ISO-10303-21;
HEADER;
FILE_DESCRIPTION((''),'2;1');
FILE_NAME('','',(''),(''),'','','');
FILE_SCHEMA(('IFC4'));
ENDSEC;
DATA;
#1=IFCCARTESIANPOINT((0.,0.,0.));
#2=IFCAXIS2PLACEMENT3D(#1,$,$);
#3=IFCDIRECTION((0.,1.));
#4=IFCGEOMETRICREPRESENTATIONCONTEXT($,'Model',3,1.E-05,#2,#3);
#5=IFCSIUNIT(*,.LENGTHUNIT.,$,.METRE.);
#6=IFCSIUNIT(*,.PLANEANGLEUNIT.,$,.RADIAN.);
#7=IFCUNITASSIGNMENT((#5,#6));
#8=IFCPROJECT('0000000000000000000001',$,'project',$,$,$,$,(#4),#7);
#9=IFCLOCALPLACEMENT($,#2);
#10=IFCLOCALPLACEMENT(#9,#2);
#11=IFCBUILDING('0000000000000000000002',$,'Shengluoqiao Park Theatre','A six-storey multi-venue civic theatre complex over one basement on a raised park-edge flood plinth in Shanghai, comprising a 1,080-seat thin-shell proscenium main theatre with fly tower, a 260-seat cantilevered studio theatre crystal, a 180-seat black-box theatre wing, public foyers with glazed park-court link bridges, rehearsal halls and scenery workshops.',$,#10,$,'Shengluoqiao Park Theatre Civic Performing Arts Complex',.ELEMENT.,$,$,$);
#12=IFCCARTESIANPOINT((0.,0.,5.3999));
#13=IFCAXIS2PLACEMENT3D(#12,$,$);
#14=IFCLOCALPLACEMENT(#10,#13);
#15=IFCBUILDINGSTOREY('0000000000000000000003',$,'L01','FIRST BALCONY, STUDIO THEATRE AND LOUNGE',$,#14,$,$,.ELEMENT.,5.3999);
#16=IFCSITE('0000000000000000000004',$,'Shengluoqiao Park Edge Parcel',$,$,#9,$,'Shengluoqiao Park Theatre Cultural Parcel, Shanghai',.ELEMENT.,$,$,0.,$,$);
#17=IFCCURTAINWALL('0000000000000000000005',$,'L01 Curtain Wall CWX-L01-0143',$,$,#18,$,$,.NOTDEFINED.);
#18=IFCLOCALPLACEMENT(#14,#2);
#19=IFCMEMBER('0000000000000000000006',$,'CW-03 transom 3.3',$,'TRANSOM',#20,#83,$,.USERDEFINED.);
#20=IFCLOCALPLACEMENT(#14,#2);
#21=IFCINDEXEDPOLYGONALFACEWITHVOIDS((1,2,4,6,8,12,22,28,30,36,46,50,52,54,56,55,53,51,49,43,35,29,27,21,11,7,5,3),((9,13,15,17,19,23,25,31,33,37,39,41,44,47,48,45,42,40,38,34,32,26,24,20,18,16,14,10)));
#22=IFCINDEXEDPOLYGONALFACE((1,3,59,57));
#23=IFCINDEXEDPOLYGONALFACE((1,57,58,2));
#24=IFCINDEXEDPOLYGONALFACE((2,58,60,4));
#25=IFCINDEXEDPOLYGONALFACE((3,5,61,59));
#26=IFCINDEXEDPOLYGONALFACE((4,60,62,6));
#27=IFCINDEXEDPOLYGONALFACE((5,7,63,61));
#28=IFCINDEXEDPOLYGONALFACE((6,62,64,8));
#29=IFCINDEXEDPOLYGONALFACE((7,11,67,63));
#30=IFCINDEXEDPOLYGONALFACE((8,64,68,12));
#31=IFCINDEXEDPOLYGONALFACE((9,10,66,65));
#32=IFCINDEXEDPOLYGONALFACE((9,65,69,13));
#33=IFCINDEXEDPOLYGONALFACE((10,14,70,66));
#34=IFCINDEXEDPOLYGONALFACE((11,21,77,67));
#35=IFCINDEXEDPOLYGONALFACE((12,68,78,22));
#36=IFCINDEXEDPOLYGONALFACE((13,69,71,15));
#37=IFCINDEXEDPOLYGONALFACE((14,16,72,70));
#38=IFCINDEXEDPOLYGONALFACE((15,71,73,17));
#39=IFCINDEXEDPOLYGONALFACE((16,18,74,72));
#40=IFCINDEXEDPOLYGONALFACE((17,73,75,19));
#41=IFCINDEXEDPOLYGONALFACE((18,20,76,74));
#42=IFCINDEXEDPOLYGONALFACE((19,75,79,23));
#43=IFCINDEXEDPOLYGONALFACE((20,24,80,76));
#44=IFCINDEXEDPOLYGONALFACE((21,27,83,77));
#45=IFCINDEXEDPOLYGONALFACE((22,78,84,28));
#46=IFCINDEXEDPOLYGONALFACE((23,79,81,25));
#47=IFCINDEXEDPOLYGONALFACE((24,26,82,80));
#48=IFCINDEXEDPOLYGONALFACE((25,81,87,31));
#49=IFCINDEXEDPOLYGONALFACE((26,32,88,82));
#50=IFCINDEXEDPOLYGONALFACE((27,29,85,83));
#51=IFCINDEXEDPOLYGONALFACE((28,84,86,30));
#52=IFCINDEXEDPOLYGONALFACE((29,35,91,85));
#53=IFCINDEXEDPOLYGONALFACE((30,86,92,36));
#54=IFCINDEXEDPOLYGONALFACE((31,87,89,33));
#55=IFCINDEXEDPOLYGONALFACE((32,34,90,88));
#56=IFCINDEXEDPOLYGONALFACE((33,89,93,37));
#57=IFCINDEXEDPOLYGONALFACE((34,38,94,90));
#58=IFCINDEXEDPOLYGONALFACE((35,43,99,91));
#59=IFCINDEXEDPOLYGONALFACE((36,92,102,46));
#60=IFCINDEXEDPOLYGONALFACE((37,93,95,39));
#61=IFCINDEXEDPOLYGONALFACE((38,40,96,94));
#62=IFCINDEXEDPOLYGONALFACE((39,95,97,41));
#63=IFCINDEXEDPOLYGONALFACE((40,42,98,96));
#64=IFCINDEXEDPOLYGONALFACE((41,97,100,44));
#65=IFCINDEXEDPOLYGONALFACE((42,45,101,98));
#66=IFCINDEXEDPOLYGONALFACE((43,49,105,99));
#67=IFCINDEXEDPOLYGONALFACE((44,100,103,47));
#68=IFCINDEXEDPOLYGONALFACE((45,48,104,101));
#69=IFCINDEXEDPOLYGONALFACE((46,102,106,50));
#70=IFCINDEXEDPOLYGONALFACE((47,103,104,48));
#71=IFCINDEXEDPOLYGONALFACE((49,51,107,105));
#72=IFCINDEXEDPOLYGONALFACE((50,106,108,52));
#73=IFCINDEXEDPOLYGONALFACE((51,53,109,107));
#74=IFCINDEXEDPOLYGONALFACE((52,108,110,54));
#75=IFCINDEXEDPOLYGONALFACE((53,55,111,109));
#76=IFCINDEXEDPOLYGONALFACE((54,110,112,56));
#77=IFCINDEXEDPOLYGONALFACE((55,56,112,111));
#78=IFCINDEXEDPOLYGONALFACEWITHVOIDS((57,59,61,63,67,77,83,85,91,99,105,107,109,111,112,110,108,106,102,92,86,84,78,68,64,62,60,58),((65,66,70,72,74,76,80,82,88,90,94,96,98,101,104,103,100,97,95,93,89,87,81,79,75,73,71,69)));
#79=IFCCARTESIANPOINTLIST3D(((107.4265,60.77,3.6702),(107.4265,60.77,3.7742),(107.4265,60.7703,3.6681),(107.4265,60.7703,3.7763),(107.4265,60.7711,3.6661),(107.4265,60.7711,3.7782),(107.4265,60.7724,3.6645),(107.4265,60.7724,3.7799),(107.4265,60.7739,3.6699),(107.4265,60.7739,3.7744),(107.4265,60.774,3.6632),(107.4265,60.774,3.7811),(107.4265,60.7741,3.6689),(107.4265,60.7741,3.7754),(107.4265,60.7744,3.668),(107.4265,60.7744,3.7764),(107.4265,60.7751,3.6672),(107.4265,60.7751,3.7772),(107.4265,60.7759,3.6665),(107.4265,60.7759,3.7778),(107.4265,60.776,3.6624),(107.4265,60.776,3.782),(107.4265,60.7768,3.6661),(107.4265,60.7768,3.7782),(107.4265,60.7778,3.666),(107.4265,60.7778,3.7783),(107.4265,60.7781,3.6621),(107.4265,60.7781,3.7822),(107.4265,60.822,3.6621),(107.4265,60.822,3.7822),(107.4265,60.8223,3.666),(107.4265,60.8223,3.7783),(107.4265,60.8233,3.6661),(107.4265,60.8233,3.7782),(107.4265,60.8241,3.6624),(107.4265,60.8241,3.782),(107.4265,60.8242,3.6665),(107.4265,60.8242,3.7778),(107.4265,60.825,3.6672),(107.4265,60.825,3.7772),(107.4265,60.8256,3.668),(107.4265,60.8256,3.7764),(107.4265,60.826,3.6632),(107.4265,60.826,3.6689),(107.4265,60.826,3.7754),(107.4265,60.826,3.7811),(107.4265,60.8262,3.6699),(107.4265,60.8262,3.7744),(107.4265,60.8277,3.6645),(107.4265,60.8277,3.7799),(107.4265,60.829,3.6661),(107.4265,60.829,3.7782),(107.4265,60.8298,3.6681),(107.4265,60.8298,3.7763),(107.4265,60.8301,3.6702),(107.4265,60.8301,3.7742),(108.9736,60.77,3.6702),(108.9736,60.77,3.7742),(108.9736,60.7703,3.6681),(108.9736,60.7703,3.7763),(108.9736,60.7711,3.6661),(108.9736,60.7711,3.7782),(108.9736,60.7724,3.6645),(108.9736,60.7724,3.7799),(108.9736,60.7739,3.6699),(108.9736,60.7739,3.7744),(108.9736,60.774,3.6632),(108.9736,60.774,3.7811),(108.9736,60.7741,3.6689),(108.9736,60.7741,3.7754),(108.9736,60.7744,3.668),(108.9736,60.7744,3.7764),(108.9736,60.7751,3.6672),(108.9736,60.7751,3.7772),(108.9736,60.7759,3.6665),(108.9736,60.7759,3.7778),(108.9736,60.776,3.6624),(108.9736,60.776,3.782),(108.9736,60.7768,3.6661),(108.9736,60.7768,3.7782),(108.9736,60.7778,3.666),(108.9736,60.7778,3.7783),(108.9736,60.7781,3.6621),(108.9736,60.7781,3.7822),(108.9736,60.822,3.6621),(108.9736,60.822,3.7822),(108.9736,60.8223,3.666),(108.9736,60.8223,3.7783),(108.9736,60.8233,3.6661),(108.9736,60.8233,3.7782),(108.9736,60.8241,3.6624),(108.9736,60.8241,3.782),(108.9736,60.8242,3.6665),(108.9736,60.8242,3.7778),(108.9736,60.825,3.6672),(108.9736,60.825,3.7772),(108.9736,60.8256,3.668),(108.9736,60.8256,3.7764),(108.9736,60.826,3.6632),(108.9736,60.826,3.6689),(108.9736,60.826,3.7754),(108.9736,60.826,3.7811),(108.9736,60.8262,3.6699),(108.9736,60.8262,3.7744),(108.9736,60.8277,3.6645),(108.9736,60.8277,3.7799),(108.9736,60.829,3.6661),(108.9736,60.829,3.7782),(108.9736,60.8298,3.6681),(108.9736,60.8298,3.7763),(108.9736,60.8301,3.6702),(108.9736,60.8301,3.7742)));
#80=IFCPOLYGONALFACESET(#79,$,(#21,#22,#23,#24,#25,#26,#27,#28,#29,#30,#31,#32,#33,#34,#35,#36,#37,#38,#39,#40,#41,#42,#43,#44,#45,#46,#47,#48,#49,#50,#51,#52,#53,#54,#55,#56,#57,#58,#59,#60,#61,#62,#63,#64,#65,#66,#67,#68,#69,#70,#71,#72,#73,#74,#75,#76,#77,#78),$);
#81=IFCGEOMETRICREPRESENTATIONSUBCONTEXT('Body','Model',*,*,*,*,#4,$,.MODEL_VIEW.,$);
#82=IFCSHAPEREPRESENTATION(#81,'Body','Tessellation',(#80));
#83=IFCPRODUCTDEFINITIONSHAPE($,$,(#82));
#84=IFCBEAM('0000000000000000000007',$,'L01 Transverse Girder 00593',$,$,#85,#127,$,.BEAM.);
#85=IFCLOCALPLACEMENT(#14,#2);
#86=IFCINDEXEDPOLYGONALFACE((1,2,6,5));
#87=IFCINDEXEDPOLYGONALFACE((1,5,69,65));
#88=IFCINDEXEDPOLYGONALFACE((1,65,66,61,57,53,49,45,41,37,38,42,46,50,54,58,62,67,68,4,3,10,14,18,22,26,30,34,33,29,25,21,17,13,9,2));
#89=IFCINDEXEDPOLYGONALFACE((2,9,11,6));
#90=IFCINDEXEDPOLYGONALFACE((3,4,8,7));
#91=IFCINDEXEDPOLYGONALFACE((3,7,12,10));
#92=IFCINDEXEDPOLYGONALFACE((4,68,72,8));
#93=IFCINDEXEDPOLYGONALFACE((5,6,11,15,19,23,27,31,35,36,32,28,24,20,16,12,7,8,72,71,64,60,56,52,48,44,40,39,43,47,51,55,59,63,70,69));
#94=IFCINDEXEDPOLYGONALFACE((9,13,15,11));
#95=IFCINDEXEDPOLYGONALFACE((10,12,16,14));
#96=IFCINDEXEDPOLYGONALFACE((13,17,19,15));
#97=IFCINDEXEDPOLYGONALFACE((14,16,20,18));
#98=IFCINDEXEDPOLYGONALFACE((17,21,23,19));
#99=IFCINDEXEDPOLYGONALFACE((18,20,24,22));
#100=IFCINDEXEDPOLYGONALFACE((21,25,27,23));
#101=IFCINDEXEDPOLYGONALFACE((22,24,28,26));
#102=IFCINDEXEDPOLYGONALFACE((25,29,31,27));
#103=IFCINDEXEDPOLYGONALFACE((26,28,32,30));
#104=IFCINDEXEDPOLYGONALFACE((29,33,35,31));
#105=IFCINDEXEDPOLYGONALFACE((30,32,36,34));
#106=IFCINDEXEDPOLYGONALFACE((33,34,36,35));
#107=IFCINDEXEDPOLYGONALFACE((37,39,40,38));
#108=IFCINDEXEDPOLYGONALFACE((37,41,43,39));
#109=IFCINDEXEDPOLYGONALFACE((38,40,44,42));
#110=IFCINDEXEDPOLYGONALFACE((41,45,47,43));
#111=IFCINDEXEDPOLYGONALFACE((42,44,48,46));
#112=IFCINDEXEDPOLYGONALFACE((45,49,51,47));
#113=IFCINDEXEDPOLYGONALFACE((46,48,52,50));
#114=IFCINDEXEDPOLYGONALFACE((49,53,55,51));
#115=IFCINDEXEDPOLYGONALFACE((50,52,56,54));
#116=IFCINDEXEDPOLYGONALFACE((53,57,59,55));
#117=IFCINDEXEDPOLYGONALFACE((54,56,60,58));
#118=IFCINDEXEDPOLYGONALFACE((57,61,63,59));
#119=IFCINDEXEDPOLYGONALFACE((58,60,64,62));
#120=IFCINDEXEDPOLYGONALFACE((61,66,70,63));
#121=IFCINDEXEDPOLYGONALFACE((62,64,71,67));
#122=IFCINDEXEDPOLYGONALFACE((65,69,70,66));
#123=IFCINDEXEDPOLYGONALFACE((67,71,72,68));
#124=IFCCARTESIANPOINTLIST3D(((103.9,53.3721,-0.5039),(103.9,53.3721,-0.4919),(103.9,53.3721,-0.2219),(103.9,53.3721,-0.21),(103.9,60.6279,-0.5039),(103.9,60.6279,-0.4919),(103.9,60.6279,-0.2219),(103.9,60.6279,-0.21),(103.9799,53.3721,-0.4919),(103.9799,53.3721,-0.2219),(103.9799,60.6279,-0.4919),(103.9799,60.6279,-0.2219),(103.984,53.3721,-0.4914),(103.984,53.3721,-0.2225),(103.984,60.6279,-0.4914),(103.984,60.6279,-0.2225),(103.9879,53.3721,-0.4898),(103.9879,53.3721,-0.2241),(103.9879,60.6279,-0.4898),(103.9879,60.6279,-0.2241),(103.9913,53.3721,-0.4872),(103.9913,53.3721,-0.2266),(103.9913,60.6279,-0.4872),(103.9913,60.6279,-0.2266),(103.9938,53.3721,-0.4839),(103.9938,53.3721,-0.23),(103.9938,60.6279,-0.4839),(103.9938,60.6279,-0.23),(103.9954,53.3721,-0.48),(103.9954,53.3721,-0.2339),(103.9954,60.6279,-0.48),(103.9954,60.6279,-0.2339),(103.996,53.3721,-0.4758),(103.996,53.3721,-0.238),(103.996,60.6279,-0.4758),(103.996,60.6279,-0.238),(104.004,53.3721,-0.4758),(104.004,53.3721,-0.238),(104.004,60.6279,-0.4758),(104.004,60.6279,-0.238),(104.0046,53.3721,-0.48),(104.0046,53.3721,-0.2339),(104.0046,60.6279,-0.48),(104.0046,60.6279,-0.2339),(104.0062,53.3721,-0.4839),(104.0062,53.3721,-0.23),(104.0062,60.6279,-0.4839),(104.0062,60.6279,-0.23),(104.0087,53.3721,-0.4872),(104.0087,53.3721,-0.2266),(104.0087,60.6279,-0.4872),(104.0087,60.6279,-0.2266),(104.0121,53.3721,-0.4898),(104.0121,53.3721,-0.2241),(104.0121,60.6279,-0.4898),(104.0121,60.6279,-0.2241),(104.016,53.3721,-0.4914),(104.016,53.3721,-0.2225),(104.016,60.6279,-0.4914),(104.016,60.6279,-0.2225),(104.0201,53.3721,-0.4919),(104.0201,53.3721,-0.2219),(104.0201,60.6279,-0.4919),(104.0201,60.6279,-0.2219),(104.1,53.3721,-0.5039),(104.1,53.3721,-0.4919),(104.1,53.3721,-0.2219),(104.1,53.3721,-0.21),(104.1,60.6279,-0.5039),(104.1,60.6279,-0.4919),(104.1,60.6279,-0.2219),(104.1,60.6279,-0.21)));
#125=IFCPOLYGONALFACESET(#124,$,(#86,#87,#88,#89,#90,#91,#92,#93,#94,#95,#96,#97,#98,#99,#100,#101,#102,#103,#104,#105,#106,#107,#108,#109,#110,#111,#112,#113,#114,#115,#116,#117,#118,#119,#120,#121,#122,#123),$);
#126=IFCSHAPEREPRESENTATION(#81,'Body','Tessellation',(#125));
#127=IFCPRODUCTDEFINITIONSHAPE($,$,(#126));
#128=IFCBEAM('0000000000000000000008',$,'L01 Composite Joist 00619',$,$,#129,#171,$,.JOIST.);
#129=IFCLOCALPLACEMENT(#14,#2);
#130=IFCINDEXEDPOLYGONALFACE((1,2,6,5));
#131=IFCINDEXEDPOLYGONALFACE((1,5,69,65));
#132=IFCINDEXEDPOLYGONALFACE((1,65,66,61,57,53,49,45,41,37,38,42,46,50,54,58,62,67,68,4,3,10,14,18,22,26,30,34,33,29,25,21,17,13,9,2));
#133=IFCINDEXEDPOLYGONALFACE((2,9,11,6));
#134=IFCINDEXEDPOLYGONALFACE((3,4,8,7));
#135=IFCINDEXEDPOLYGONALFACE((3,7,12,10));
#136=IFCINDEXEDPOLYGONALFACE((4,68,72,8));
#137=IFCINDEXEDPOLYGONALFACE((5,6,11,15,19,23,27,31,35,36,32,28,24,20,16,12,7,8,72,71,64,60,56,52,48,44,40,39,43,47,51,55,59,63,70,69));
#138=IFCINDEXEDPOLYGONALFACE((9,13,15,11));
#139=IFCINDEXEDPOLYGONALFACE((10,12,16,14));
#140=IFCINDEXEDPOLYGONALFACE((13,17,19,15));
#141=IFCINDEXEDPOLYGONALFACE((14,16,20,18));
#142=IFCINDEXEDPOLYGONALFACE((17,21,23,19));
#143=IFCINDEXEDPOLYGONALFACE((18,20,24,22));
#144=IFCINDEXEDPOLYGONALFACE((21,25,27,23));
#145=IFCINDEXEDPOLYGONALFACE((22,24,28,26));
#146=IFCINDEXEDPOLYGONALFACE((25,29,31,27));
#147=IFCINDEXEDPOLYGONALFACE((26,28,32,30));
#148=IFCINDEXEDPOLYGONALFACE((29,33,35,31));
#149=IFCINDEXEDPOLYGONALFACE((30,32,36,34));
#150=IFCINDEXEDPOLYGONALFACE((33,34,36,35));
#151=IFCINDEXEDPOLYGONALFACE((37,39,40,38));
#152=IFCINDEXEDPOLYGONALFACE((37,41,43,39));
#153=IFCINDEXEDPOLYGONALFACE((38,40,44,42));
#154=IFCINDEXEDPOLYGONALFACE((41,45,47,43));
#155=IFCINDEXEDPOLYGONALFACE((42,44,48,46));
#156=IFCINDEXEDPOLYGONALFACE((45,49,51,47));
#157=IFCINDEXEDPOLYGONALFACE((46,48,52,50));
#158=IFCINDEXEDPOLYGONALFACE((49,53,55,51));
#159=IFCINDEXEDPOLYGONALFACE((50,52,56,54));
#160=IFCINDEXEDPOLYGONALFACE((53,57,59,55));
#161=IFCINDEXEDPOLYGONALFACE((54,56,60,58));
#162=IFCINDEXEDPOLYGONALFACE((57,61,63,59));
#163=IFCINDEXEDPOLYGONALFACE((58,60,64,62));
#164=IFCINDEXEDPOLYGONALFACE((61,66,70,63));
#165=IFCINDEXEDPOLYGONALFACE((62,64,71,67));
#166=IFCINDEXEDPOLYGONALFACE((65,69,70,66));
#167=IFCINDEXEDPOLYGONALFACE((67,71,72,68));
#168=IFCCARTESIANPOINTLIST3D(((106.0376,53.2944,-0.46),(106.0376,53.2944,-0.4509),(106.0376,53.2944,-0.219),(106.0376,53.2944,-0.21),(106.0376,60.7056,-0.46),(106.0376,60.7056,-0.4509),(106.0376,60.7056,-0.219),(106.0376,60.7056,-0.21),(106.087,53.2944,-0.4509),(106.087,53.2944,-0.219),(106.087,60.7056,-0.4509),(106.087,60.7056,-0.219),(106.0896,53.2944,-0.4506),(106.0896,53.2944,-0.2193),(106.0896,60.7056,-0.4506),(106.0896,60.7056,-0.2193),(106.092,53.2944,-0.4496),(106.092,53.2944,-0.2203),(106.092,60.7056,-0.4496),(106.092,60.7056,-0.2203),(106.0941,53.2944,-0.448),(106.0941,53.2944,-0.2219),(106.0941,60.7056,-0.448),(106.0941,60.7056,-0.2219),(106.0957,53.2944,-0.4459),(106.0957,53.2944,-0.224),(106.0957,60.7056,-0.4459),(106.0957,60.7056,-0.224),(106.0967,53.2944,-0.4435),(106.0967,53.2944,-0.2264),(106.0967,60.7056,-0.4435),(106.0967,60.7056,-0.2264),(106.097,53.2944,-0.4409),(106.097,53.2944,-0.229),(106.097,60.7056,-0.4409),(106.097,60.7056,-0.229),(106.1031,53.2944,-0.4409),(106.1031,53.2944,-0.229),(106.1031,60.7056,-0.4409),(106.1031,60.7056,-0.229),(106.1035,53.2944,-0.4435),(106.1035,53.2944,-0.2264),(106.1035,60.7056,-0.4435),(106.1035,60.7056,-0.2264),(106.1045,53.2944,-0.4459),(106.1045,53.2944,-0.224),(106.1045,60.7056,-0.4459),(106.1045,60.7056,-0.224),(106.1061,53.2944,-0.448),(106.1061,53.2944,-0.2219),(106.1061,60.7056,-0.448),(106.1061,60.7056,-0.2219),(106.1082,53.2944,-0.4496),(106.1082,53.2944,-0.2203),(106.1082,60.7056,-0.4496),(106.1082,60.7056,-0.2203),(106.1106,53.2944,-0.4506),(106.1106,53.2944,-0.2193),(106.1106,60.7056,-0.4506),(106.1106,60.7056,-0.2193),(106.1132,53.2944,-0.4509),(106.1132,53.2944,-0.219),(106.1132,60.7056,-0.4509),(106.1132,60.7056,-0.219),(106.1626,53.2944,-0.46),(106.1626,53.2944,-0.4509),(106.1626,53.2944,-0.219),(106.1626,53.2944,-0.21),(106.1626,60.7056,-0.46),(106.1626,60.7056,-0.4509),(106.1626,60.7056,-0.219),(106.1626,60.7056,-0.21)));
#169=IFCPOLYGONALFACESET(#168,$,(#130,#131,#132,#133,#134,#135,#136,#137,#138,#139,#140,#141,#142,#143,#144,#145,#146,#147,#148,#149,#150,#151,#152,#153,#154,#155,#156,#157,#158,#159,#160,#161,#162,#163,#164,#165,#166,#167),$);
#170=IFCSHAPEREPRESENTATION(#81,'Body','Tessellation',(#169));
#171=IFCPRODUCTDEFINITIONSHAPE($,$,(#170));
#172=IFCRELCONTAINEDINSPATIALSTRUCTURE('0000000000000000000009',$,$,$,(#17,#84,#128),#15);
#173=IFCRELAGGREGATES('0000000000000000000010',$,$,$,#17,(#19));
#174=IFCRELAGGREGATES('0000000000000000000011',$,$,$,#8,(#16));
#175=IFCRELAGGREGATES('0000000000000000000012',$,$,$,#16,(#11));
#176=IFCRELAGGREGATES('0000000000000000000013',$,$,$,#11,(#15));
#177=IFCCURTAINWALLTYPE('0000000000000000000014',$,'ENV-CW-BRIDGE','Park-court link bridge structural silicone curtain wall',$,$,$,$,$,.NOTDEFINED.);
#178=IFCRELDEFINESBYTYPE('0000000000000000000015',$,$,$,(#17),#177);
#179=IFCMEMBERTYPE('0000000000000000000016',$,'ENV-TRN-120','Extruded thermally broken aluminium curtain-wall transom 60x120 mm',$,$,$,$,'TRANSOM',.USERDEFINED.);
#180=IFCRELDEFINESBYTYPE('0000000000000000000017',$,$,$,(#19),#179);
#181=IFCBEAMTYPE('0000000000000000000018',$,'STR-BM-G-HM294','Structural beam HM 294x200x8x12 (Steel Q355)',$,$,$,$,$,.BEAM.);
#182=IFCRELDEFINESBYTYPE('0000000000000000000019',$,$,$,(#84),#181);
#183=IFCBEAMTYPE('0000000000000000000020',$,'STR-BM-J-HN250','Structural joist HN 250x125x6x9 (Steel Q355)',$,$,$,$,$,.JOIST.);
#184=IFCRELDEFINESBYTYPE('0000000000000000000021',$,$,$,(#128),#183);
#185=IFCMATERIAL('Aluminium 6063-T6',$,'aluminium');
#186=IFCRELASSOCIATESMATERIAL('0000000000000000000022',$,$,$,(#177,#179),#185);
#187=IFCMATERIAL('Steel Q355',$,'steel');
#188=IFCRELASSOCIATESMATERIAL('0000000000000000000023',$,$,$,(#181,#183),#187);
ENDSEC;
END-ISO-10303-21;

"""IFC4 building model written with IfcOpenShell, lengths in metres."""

from ifc_helpers import new_model, si_unit, direction, frame, origin, origin_2d, place, context, subcontext, project, spatial, hollow_rectangle, i_section, extrude, material, material_profile, profile_set, type_object, element, aggregate, save


model = new_model("IFC4")

# Units and contexts
model_context = context("Model", 3, precision=1e-05, world=origin(), true_north=direction((0.0, 1.0)))
body_context = subcontext(model_context, "Body", "Model", "MODEL_VIEW")
ifc_project = project(units=[si_unit("LENGTHUNIT", "METRE"), si_unit("PLANEANGLEUNIT", "RADIAN")], contexts=[model_context])

# Site, building, storey
site_placement = place(None, origin())
site = spatial("IfcSite", under=ifc_project, at=site_placement, Name="Shengluoqiao Park Edge Parcel", LongName="Shengluoqiao Park Theatre Cultural Parcel, Shanghai", CompositionType="ELEMENT", RefElevation=0.0)
building_placement = place(site_placement, origin())
building = spatial("IfcBuilding", under=site, at=building_placement, Name="Shengluoqiao Park Theatre", Description="A six-storey multi-venue civic theatre complex over one basement on a raised park-edge flood plinth in Shanghai, comprising a 1,080-seat thin-shell proscenium main theatre with fly tower, a 260-seat cantilevered studio theatre crystal, a 180-seat black-box theatre wing, public foyers with glazed park-court link bridges, rehearsal halls and scenery workshops.", LongName="Shengluoqiao Park Theatre Civic Performing Arts Complex", CompositionType="ELEMENT")
storey_placement = place(building_placement, frame((0.0, 0.0, 5.3999)))
storey = spatial("IfcBuildingStorey", under=building, at=storey_placement, Name="L01", Description="FIRST BALCONY, STUDIO THEATRE AND LOUNGE", CompositionType="ELEMENT", Elevation=5.3999)

# Shared definitions
ifc_material_1 = material(Name="Steel Q355", Category="steel")

# Shared definitions
ifc_material_2 = material(Name="Aluminium 6063-T6", Category="aluminium")
curtain_wall_type = type_object("IfcCurtainWallType", Name="ENV-CW-BRIDGE", Description="Park-court link bridge structural silicone curtain wall", PredefinedType="NOTDEFINED", material=ifc_material_2)

# Curtain wall
curtain_wall_1_placement = place(storey_placement, origin())
curtain_wall_1 = element("IfcCurtainWall", 1, at=curtain_wall_1_placement, inside=storey, type_object=curtain_wall_type, Name="L01 Curtain Wall CWX-L01-0143", PredefinedType="NOTDEFINED")

# Member
ifc_material_profile_1 = material_profile(ifc_material_2, hollow_rectangle(XDim=0.0601, YDim=0.1201, WallThickness=0.0039, InnerFilletRadius=0.0039, OuterFilletRadius=0.0081, at=origin_2d()), Name="ALU TRANSOM 120x60x4")
ifc_profile_set_1 = profile_set([ifc_material_profile_1], Name="Aluminium 6063-T6")
member_type_1 = type_object("IfcMemberType", Name="ENV-TRN-120", Description="Extruded thermally broken aluminium curtain-wall transom 60x120 mm", ElementType="TRANSOM", PredefinedType="USERDEFINED", material=ifc_profile_set_1)
member_1_placement = place(storey_placement, frame((107.4265, 60.8, 3.7222), z_axis=(1.0, 0.0, 0.0), x_axis=(0.0, 1.0, 0.0)))
member_1 = element("IfcMember", 2, at=member_1_placement, type_object=member_type_1, Name="CW-03 transom 3.3", ObjectType="TRANSOM", PredefinedType="USERDEFINED", context=body_context, shape_type="SweptSolid", body=[
    extrude(hollow_rectangle(XDim=0.0601, YDim=0.1201, WallThickness=0.0039, InnerFilletRadius=0.0039, OuterFilletRadius=0.0081, at=origin_2d()), origin(), (0.0, 0.0, 1.0), 1.5471),
])

# Beams
ifc_material_profile_2 = material_profile(ifc_material_1, i_section(OverallWidth=0.2, OverallDepth=0.2939, WebThickness=0.0081, FlangeThickness=0.012, FilletRadius=0.0161, at=origin_2d()), Name="HM 294x200x8x12")
ifc_profile_set_2 = profile_set([ifc_material_profile_2], Name="Steel Q355")
beam_type_1 = type_object("IfcBeamType", Name="STR-BM-G-HM294", Description="Structural beam HM 294x200x8x12 (Steel Q355)", PredefinedType="BEAM", material=ifc_profile_set_2)
beam_1_placement = place(storey_placement, frame((104.0, 53.3721, -0.3569), z_axis=(0.0, 1.0, 0.0), x_axis=(-1.0, 0.0, 0.0)))
element("IfcBeam", 3, at=beam_1_placement, inside=storey, type_object=beam_type_1, Name="L01 Transverse Girder 00593", PredefinedType="BEAM", context=body_context, shape_type="SweptSolid", body=[
    extrude(i_section(OverallWidth=0.2, OverallDepth=0.2939, WebThickness=0.0081, FlangeThickness=0.012, FilletRadius=0.0161, at=origin_2d()), origin(), (0.0, 0.0, 1.0), 7.2559),
])
ifc_material_profile_3 = material_profile(ifc_material_1, i_section(OverallWidth=0.125, OverallDepth=0.25, WebThickness=0.0061, FlangeThickness=0.009, FilletRadius=0.01, at=origin_2d()), Name="HN 250x125x6x9")
ifc_profile_set_3 = profile_set([ifc_material_profile_3], Name="Steel Q355")
beam_type_2 = type_object("IfcBeamType", Name="STR-BM-J-HN250", Description="Structural joist HN 250x125x6x9 (Steel Q355)", PredefinedType="JOIST", material=ifc_profile_set_3)
for number, where, z_axis, x_axis, name in (
    (4, (106.1001, 53.2944, -0.335), (0.0, 1.0, 0.0), (-1.0, 0.0, 0.0), "L01 Composite Joist 00619"),
):
    element("IfcBeam", number, at=place(storey_placement, frame(where, z_axis=z_axis, x_axis=x_axis)), inside=storey, type_object=beam_type_2, Name=name, PredefinedType="JOIST", context=body_context, shape_type="SweptSolid", body=[
        extrude(i_section(OverallWidth=0.125, OverallDepth=0.25, WebThickness=0.0061, FlangeThickness=0.009, FilletRadius=0.01, at=origin_2d()), origin(), (0.0, 0.0, 1.0), 7.4111),
    ])

aggregate(curtain_wall_1, [member_1])

save(model, "model.ifc")
